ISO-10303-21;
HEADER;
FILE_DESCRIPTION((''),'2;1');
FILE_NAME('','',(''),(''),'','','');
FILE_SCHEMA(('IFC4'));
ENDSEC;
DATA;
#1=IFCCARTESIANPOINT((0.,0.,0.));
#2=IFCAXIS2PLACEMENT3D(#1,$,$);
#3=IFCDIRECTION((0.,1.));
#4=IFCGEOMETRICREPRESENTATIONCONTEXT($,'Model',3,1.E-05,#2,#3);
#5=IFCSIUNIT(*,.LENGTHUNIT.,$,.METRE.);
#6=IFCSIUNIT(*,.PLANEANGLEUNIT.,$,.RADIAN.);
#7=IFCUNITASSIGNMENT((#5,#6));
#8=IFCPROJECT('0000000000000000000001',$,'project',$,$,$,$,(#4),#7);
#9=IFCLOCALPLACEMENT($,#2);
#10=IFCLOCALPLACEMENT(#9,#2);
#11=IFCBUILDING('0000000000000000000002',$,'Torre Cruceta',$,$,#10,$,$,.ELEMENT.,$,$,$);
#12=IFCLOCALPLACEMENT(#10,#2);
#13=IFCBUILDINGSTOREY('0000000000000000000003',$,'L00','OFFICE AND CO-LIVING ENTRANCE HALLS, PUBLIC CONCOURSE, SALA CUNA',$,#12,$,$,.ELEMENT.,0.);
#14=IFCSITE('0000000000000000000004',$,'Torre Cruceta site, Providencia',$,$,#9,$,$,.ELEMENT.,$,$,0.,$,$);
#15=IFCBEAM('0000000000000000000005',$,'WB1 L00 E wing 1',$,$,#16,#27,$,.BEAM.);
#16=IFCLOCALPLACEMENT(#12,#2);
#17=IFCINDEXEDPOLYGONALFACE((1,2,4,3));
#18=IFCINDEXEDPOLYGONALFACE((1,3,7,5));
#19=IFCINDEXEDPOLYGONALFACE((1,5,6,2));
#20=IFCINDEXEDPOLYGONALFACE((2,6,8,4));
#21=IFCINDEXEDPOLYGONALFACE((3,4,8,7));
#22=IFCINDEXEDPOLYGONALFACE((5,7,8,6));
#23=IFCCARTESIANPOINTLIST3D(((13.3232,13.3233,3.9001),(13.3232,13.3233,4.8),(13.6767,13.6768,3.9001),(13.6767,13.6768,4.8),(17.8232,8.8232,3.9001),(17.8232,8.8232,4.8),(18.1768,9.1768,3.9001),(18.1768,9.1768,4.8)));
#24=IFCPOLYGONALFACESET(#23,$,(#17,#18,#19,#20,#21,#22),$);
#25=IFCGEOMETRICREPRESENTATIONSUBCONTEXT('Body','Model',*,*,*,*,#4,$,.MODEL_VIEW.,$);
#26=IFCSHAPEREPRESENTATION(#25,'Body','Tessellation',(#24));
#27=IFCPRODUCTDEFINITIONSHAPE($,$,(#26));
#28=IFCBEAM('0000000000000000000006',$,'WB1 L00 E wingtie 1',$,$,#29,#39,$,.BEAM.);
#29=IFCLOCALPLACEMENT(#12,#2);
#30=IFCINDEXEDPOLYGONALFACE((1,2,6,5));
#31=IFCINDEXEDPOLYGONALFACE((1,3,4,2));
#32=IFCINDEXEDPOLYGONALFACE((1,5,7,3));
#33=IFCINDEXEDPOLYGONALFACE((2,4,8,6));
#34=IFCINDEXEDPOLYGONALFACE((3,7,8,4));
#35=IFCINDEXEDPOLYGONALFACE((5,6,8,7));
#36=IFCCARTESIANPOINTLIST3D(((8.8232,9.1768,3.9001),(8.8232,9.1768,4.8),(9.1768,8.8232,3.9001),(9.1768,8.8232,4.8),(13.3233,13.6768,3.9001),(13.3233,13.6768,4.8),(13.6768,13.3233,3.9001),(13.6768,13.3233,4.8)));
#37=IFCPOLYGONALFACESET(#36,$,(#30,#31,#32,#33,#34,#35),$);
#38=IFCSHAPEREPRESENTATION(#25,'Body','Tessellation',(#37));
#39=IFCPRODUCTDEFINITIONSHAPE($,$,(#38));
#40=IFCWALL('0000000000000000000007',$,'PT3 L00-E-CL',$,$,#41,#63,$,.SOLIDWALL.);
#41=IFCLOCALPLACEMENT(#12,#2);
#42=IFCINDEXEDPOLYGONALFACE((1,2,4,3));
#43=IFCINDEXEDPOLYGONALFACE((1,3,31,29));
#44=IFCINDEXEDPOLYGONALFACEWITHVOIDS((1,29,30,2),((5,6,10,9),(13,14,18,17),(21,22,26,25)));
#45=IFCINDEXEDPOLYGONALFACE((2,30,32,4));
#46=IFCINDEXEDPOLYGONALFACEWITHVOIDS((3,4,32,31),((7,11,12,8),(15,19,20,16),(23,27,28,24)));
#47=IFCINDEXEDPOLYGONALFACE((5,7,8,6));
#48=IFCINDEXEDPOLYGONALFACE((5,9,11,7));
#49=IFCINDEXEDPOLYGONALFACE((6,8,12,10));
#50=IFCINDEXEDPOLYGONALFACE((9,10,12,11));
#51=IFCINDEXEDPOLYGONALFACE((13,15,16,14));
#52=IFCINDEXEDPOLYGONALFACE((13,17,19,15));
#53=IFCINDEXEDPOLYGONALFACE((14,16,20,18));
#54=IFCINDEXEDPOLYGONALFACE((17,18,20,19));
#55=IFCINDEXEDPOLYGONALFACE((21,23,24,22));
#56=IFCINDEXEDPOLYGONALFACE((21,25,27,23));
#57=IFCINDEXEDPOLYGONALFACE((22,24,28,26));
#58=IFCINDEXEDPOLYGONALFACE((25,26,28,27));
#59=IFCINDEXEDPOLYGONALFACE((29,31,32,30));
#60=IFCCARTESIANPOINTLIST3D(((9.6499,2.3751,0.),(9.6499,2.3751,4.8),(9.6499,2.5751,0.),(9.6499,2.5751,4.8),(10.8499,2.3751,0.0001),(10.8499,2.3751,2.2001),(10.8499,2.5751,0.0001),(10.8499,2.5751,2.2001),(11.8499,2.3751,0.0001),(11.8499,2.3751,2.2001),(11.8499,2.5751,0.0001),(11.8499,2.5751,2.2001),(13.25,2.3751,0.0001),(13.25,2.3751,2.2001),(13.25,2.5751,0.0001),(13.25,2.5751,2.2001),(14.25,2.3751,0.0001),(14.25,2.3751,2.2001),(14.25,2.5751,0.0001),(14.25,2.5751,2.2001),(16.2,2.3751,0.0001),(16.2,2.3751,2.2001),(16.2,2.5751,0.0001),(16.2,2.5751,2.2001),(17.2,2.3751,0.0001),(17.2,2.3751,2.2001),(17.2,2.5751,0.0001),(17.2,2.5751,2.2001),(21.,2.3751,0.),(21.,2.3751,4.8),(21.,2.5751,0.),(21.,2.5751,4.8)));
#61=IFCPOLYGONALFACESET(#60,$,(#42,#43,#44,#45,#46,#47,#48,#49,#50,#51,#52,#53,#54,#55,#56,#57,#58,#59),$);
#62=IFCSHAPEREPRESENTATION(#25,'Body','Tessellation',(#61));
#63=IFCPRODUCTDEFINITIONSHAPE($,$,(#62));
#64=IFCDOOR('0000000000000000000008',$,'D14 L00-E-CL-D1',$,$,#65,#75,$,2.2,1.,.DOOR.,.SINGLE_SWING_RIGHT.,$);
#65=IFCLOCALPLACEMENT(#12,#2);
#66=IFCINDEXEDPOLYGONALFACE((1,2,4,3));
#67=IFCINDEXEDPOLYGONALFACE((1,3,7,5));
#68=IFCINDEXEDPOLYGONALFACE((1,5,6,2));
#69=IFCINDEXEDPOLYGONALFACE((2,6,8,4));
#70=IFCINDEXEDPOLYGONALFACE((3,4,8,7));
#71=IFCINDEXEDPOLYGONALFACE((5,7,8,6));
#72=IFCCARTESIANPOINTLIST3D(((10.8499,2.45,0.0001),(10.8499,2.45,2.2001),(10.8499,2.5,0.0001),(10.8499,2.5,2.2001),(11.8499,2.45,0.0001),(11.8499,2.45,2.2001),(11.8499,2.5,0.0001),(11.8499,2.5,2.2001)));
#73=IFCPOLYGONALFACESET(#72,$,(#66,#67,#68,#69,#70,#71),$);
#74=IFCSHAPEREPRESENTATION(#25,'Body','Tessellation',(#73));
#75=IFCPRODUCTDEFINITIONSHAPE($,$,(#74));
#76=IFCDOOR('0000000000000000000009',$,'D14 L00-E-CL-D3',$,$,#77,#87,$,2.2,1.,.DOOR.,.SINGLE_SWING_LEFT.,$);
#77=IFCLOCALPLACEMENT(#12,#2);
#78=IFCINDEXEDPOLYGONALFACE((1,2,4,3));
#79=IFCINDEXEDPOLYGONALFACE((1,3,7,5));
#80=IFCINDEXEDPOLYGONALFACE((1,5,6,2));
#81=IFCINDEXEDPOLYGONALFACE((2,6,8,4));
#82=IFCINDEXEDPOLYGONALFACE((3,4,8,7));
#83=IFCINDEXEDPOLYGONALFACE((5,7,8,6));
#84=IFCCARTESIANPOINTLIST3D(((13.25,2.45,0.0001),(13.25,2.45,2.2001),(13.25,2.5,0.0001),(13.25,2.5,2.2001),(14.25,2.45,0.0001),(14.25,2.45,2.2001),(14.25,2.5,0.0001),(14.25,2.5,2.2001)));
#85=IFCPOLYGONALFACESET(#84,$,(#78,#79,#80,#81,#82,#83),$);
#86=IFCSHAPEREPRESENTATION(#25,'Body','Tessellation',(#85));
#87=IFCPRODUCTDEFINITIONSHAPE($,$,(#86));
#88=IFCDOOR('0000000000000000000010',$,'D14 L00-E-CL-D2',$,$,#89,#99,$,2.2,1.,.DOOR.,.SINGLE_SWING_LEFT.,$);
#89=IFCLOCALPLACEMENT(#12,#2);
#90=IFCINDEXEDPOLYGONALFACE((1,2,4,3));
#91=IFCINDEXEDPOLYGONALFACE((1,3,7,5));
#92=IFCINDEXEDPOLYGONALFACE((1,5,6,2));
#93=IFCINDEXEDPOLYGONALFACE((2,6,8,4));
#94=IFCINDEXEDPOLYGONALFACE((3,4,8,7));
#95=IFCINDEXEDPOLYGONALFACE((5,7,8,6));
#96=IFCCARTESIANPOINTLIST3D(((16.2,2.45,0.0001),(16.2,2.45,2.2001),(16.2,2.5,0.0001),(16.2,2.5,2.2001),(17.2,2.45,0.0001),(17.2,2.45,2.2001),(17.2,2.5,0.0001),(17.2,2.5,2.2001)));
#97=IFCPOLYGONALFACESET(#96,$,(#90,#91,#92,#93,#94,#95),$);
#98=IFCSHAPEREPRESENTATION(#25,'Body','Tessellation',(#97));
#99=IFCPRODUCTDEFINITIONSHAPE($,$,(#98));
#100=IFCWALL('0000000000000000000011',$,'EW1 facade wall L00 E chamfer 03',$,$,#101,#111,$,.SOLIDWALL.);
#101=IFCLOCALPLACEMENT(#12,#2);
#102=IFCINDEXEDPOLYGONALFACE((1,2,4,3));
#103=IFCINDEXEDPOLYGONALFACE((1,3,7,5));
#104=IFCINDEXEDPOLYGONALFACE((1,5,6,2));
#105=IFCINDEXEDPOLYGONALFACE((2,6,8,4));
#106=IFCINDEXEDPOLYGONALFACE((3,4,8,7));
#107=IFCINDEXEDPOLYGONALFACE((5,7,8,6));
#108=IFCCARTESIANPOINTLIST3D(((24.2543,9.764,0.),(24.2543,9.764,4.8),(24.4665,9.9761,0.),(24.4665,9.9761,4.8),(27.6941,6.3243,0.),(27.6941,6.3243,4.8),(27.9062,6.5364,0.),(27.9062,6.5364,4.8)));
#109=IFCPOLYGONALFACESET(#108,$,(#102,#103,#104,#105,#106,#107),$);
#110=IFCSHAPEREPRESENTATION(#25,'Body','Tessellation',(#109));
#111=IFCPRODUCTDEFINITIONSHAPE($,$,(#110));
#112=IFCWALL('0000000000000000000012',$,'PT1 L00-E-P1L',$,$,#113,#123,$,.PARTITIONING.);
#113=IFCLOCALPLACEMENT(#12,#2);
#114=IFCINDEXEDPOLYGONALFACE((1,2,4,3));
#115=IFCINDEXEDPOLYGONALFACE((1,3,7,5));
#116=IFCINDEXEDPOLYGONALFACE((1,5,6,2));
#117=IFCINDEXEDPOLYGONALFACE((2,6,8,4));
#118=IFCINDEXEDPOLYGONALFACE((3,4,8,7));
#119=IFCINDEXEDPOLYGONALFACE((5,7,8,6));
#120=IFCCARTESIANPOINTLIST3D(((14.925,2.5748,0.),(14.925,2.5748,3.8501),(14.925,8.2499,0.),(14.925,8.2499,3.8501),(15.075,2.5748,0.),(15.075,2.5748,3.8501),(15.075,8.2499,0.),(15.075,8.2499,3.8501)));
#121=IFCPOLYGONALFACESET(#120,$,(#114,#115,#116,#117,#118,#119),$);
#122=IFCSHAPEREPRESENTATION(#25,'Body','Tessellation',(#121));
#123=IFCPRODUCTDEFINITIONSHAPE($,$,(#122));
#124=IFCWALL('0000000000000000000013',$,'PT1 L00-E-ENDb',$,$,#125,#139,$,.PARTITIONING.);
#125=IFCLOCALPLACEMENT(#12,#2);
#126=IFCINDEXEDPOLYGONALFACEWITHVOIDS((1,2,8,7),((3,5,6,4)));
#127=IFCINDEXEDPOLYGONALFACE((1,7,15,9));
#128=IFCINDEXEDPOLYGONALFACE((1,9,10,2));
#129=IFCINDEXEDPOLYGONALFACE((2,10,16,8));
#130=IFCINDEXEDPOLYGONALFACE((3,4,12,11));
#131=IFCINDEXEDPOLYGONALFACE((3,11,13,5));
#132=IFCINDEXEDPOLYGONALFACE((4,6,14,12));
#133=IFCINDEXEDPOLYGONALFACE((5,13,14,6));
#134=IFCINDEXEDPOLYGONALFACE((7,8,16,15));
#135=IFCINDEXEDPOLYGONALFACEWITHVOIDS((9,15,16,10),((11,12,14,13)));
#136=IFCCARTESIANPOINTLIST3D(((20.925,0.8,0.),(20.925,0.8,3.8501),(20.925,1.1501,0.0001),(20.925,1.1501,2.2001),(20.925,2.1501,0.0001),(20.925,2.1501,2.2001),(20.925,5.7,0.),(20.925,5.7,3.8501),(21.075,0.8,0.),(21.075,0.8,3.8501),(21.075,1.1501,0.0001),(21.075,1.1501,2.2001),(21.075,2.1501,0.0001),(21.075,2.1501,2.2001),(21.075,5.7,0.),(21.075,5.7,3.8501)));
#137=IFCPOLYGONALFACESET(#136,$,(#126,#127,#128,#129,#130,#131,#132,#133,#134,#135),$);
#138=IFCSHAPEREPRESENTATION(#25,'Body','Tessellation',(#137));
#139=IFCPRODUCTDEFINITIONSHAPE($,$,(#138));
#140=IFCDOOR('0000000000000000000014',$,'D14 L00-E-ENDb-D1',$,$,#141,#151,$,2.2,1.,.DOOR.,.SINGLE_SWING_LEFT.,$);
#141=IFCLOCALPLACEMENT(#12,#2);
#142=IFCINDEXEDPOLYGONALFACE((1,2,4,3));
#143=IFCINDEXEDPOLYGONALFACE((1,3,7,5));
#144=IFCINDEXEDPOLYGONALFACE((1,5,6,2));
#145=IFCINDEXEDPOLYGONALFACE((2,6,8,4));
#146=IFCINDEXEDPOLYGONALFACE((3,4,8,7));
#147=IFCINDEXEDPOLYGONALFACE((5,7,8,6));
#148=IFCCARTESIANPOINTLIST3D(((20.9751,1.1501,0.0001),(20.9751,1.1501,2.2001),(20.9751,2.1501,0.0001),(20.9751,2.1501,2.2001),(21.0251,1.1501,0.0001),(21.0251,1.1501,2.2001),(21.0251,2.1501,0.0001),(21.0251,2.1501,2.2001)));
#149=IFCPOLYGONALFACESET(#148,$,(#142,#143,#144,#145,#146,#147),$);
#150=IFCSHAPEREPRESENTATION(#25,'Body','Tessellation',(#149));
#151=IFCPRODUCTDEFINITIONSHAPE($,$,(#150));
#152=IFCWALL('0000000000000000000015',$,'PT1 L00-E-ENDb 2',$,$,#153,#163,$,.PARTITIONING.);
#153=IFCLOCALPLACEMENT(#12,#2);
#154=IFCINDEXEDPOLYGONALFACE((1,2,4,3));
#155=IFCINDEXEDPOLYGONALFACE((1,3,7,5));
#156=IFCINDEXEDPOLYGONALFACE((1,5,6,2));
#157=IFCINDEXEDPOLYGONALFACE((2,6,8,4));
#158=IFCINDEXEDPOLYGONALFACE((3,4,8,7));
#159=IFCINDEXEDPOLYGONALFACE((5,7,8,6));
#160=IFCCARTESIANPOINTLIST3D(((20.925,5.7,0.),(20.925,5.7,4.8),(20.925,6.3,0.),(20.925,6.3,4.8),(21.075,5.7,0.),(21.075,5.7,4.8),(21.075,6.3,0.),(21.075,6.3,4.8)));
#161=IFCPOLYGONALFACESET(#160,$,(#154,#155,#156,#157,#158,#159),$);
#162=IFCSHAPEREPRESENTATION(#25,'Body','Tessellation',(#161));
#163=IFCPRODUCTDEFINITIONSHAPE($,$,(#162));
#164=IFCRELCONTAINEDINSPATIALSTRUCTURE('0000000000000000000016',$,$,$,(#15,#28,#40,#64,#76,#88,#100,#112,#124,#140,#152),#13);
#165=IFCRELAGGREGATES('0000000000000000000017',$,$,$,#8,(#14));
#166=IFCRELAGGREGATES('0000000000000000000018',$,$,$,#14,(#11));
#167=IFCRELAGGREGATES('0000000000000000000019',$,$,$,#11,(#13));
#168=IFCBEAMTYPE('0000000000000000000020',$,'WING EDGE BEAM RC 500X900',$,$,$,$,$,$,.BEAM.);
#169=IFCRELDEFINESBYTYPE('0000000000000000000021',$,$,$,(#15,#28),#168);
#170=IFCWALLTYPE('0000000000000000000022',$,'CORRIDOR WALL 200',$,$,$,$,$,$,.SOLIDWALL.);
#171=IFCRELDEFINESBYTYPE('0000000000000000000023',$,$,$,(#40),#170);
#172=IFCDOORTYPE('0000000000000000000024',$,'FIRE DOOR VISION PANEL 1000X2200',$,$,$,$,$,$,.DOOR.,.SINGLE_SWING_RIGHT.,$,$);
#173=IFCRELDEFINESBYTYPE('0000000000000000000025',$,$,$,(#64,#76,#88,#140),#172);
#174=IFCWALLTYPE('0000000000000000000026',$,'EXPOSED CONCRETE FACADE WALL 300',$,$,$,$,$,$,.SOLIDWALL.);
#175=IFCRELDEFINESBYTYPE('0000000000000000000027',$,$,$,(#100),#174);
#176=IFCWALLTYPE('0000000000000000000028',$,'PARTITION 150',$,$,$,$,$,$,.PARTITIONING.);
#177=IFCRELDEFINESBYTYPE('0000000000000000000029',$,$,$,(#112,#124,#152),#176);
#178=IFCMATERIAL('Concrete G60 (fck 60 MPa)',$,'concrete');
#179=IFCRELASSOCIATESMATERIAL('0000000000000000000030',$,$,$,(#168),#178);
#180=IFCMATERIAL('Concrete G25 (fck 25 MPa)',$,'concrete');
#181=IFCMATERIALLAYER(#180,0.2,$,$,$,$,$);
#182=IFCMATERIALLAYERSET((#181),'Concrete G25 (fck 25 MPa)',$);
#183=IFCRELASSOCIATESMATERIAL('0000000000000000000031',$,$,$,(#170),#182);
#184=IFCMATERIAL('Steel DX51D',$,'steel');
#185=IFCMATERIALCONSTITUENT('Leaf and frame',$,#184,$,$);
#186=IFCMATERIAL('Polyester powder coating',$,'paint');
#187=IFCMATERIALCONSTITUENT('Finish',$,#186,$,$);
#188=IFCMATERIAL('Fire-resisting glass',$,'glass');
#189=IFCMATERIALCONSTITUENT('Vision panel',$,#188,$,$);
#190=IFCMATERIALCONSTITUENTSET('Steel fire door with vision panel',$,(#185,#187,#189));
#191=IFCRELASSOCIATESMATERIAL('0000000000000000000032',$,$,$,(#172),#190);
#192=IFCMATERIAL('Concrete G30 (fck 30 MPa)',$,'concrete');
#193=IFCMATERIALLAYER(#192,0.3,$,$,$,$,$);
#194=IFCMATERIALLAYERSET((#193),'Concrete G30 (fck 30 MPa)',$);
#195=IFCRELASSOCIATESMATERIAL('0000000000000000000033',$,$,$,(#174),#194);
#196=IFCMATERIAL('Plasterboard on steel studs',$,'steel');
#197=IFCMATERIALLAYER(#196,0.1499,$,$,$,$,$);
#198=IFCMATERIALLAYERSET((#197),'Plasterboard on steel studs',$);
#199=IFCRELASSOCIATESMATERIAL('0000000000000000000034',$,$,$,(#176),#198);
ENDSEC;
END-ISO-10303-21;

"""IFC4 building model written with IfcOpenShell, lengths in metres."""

from ifc_helpers import new_model, si_unit, direction, frame, frame_2d, origin, origin_2d, place, context, subcontext, project, spatial, rectangle, extrude, material, layer, layer_set, constituent, constituent_set, material_profile, profile_set, type_object, element, fill, save


model = new_model("IFC4")

# Units and contexts
model_context = context("Model", 3, precision=1e-05, world=origin(), true_north=direction((0.0, 1.0)))
body_context = subcontext(model_context, "Body", "Model", "MODEL_VIEW")
ifc_project = project(units=[si_unit("LENGTHUNIT", "METRE"), si_unit("PLANEANGLEUNIT", "RADIAN")], contexts=[model_context])

# Site, building, storey
site_placement = place(None, origin())
site = spatial("IfcSite", under=ifc_project, at=site_placement, Name="Torre Cruceta site, Providencia", CompositionType="ELEMENT", RefElevation=0.0)
building_placement = place(site_placement, origin())
building = spatial("IfcBuilding", under=site, at=building_placement, Name="Torre Cruceta", CompositionType="ELEMENT")
storey_placement = place(building_placement, origin())
storey = spatial("IfcBuildingStorey", under=building, at=storey_placement, Name="L00", Description="OFFICE AND CO-LIVING ENTRANCE HALLS, PUBLIC CONCOURSE, SALA CUNA", CompositionType="ELEMENT", Elevation=0.0)

# Beams
ifc_material_1 = material(Name="Concrete G60 (fck 60 MPa)", Category="concrete")
ifc_material_profile_1 = material_profile(ifc_material_1, rectangle(XDim=0.5, YDim=0.8999, at=origin_2d()), Name="RC 500X900")
ifc_profile_set_1 = profile_set([ifc_material_profile_1], Name="Concrete G60 (fck 60 MPa)")
beam_type_1 = type_object("IfcBeamType", Name="WING EDGE BEAM RC 500X900", PredefinedType="BEAM", material=ifc_profile_set_1)
for number, where, z_axis, x_axis, name in (
    (1, (18.0, 9.0, 4.3501), (-0.707107, 0.707107, 0.0), (-0.707107, -0.707107, 0.0), "WB1 L00 E wing 1"),
    (2, (9.0, 9.0, 4.3501), (0.707107, 0.707107, 0.0), (-0.707107, 0.707107, 0.0), "WB1 L00 E wingtie 1"),
):
    element("IfcBeam", number, at=place(storey_placement, frame(where, z_axis=z_axis, x_axis=x_axis)), inside=storey, type_object=beam_type_1, Name=name, PredefinedType="BEAM", context=body_context, shape_type="SweptSolid", body=[
        extrude(rectangle(XDim=0.5, YDim=0.8999, at=origin_2d()), origin(), (0.0, 0.0, 1.0), 6.364),
    ])

# Wall, openings, doors
ifc_material_2 = material(Name="Concrete G25 (fck 25 MPa)", Category="concrete")
ifc_layer_1 = layer(ifc_material_2, 0.2)
ifc_layer_set_1 = layer_set([ifc_layer_1], Name="Concrete G25 (fck 25 MPa)")
wall_type_1 = type_object("IfcWallType", Name="CORRIDOR WALL 200", PredefinedType="SOLIDWALL", material=ifc_layer_set_1)
wall_1_placement = place(storey_placement, frame((9.6499, 2.4751, 0.0), z_axis=(0.0, 0.0, 1.0), x_axis=(1.0, 0.0, 0.0)))
wall_1 = element("IfcWall", 3, at=wall_1_placement, inside=storey, type_object=wall_type_1, Name="PT3 L00-E-CL", PredefinedType="SOLIDWALL", context=body_context, shape_type="SweptSolid", body=[
    extrude(rectangle(XDim=11.3501, YDim=0.2, at=frame_2d((5.675, 0.0))), origin(), (0.0, 0.0, 1.0), 4.8),
])
opening_1_placement = place(wall_1_placement, frame((1.2, 0.0, 0.0)))
opening_1 = element("IfcOpeningElement", 4, at=opening_1_placement, cuts=wall_1, PredefinedType="OPENING", context=body_context, shape_type="SweptSolid", body=[
    extrude(rectangle(XDim=1.0, YDim=2.2, at=frame_2d((0.5, 1.1001))), frame((0.0, 0.1099, 0.0), z_axis=(0.0, -1.0, 0.0), x_axis=(1.0, 0.0, 0.0)), (0.0, 0.0, 1.0), 0.22),
])
opening_2_placement = place(wall_1_placement, frame((3.6001, 0.0, 0.0)))
opening_2 = element("IfcOpeningElement", 5, at=opening_2_placement, cuts=wall_1, PredefinedType="OPENING", context=body_context, shape_type="SweptSolid", body=[
    extrude(rectangle(XDim=1.0, YDim=2.2, at=frame_2d((0.5, 1.1001))), frame((0.0, 0.1099, 0.0), z_axis=(0.0, -1.0, 0.0), x_axis=(1.0, 0.0, 0.0)), (0.0, 0.0, 1.0), 0.22),
])
opening_3_placement = place(wall_1_placement, frame((6.55, 0.0, 0.0)))
opening_3 = element("IfcOpeningElement", 6, at=opening_3_placement, cuts=wall_1, PredefinedType="OPENING", context=body_context, shape_type="SweptSolid", body=[
    extrude(rectangle(XDim=1.0, YDim=2.2, at=frame_2d((0.5, 1.1001))), frame((0.0, 0.1099, 0.0), z_axis=(0.0, -1.0, 0.0), x_axis=(1.0, 0.0, 0.0)), (0.0, 0.0, 1.0), 0.22),
])
ifc_material_3 = material(Name="Steel DX51D", Category="steel")
ifc_constituent_1 = constituent(ifc_material_3, Name="Leaf and frame")
ifc_material_4 = material(Name="Polyester powder coating", Category="paint")
ifc_constituent_2 = constituent(ifc_material_4, Name="Finish")
ifc_material_5 = material(Name="Fire-resisting glass", Category="glass")
ifc_constituent_3 = constituent(ifc_material_5, Name="Vision panel")
ifc_constituent_set_1 = constituent_set(constituents=[ifc_constituent_1, ifc_constituent_2, ifc_constituent_3], Name="Steel fire door with vision panel")
door_type_1 = type_object("IfcDoorType", Name="FIRE DOOR VISION PANEL 1000X2200", OperationType="SINGLE_SWING_RIGHT", PredefinedType="DOOR", material=ifc_constituent_set_1)
door_1_placement = place(opening_1_placement, origin())
door_1 = element("IfcDoor", 7, at=door_1_placement, inside=storey, type_object=door_type_1, Name="D14 L00-E-CL-D1", OperationType="SINGLE_SWING_RIGHT", OverallHeight=2.2, OverallWidth=1.0, PredefinedType="DOOR", context=body_context, shape_type="SweptSolid", body=[
    extrude(rectangle(XDim=1.0, YDim=2.2, at=frame_2d((0.5, 1.1001))), frame((0.0, 0.0249, 0.0), z_axis=(0.0, -1.0, 0.0), x_axis=(1.0, 0.0, 0.0)), (0.0, 0.0, 1.0), 0.05),
])
fill(opening_1, door_1)
door_2_placement = place(opening_2_placement, origin())
door_2 = element("IfcDoor", 8, at=door_2_placement, inside=storey, type_object=door_type_1, Name="D14 L00-E-CL-D3", OperationType="SINGLE_SWING_LEFT", OverallHeight=2.2, OverallWidth=1.0, PredefinedType="DOOR", context=body_context, shape_type="SweptSolid", body=[
    extrude(rectangle(XDim=1.0, YDim=2.2, at=frame_2d((0.5, 1.1001))), frame((0.0, 0.0249, 0.0), z_axis=(0.0, -1.0, 0.0), x_axis=(1.0, 0.0, 0.0)), (0.0, 0.0, 1.0), 0.05),
])
fill(opening_2, door_2)
door_3_placement = place(opening_3_placement, origin())
door_3 = element("IfcDoor", 9, at=door_3_placement, inside=storey, type_object=door_type_1, Name="D14 L00-E-CL-D2", OperationType="SINGLE_SWING_LEFT", OverallHeight=2.2, OverallWidth=1.0, PredefinedType="DOOR", context=body_context, shape_type="SweptSolid", body=[
    extrude(rectangle(XDim=1.0, YDim=2.2, at=frame_2d((0.5, 1.1001))), frame((0.0, 0.0249, 0.0), z_axis=(0.0, -1.0, 0.0), x_axis=(1.0, 0.0, 0.0)), (0.0, 0.0, 1.0), 0.05),
])
fill(opening_3, door_3)

# Walls
ifc_material_6 = material(Name="Concrete G30 (fck 30 MPa)", Category="concrete")
ifc_layer_2 = layer(ifc_material_6, 0.3)
ifc_layer_set_2 = layer_set([ifc_layer_2], Name="Concrete G30 (fck 30 MPa)")
wall_type_2 = type_object("IfcWallType", Name="EXPOSED CONCRETE FACADE WALL 300", PredefinedType="SOLIDWALL", material=ifc_layer_set_2)
wall_2_placement = place(storey_placement, frame((27.8, 6.4304, 0.0), z_axis=(0.0, 0.0, 1.0), x_axis=(-0.707107, 0.707107, 0.0)))
element("IfcWall", 10, at=wall_2_placement, inside=storey, type_object=wall_type_2, Name="EW1 facade wall L00 E chamfer 03", PredefinedType="SOLIDWALL", context=body_context, shape_type="SweptSolid", body=[
    extrude(rectangle(XDim=4.8645, YDim=0.3, at=frame_2d((2.4321, 0.0))), origin(), (0.0, 0.0, 1.0), 4.8),
])
ifc_material_7 = material(Name="Plasterboard on steel studs", Category="steel")
ifc_layer_3 = layer(ifc_material_7, 0.1499)
ifc_layer_set_3 = layer_set([ifc_layer_3], Name="Plasterboard on steel studs")
wall_type_3 = type_object("IfcWallType", Name="PARTITION 150", PredefinedType="PARTITIONING", material=ifc_layer_set_3)
wall_3_placement = place(storey_placement, frame((15.0, 2.575, 0.0), z_axis=(0.0, 0.0, 1.0), x_axis=(0.0, 1.0, 0.0)))
element("IfcWall", 11, at=wall_3_placement, inside=storey, type_object=wall_type_3, Name="PT1 L00-E-P1L", PredefinedType="PARTITIONING", context=body_context, shape_type="SweptSolid", body=[
    extrude(rectangle(XDim=5.675, YDim=0.1499, at=frame_2d((2.8374, 0.0))), origin(), (0.0, 0.0, 1.0), 3.8501),
])

# Wall, opening, door
wall_4_placement = place(storey_placement, frame((21.0, 0.8, 0.0), z_axis=(0.0, 0.0, 1.0), x_axis=(0.0, 1.0, 0.0)))
wall_4 = element("IfcWall", 12, at=wall_4_placement, inside=storey, type_object=wall_type_3, Name="PT1 L00-E-ENDb", PredefinedType="PARTITIONING", context=body_context, shape_type="SweptSolid", body=[
    extrude(rectangle(XDim=4.8999, YDim=0.1499, at=frame_2d((2.45, 0.0))), origin(), (0.0, 0.0, 1.0), 3.8501),
])
opening_4_placement = place(wall_4_placement, frame((0.3501, 0.0, 0.0)))
opening_4 = element("IfcOpeningElement", 13, at=opening_4_placement, cuts=wall_4, PredefinedType="OPENING", context=body_context, shape_type="SweptSolid", body=[
    extrude(rectangle(XDim=1.0, YDim=2.2, at=frame_2d((0.5, 1.1001))), frame((0.0, 0.085, 0.0), z_axis=(0.0, -1.0, 0.0), x_axis=(1.0, 0.0, 0.0)), (0.0, 0.0, 1.0), 0.1699),
])
door_4_placement = place(opening_4_placement, frame((1.0, 0.0, 0.0), z_axis=(0.0, 0.0, 1.0), x_axis=(-1.0, 0.0, 0.0)))
door_4 = element("IfcDoor", 14, at=door_4_placement, inside=storey, type_object=door_type_1, Name="D14 L00-E-ENDb-D1", OperationType="SINGLE_SWING_LEFT", OverallHeight=2.2, OverallWidth=1.0, PredefinedType="DOOR", context=body_context, shape_type="SweptSolid", body=[
    extrude(rectangle(XDim=1.0, YDim=2.2, at=frame_2d((0.5, 1.1001))), frame((0.0, 0.0251, 0.0), z_axis=(0.0, -1.0, 0.0), x_axis=(1.0, 0.0, 0.0)), (0.0, 0.0, 1.0), 0.05),
])
fill(opening_4, door_4)

# Wall
wall_5_placement = place(storey_placement, frame((21.0, 5.7, 0.0), z_axis=(0.0, 0.0, 1.0), x_axis=(0.0, 1.0, 0.0)))
element("IfcWall", 15, at=wall_5_placement, inside=storey, type_object=wall_type_3, Name="PT1 L00-E-ENDb 2", PredefinedType="PARTITIONING", context=body_context, shape_type="SweptSolid", body=[
    extrude(rectangle(XDim=0.6001, YDim=0.1499, at=frame_2d((0.3, 0.0))), origin(), (0.0, 0.0, 1.0), 4.8),
])

save(model, "model.ifc")
